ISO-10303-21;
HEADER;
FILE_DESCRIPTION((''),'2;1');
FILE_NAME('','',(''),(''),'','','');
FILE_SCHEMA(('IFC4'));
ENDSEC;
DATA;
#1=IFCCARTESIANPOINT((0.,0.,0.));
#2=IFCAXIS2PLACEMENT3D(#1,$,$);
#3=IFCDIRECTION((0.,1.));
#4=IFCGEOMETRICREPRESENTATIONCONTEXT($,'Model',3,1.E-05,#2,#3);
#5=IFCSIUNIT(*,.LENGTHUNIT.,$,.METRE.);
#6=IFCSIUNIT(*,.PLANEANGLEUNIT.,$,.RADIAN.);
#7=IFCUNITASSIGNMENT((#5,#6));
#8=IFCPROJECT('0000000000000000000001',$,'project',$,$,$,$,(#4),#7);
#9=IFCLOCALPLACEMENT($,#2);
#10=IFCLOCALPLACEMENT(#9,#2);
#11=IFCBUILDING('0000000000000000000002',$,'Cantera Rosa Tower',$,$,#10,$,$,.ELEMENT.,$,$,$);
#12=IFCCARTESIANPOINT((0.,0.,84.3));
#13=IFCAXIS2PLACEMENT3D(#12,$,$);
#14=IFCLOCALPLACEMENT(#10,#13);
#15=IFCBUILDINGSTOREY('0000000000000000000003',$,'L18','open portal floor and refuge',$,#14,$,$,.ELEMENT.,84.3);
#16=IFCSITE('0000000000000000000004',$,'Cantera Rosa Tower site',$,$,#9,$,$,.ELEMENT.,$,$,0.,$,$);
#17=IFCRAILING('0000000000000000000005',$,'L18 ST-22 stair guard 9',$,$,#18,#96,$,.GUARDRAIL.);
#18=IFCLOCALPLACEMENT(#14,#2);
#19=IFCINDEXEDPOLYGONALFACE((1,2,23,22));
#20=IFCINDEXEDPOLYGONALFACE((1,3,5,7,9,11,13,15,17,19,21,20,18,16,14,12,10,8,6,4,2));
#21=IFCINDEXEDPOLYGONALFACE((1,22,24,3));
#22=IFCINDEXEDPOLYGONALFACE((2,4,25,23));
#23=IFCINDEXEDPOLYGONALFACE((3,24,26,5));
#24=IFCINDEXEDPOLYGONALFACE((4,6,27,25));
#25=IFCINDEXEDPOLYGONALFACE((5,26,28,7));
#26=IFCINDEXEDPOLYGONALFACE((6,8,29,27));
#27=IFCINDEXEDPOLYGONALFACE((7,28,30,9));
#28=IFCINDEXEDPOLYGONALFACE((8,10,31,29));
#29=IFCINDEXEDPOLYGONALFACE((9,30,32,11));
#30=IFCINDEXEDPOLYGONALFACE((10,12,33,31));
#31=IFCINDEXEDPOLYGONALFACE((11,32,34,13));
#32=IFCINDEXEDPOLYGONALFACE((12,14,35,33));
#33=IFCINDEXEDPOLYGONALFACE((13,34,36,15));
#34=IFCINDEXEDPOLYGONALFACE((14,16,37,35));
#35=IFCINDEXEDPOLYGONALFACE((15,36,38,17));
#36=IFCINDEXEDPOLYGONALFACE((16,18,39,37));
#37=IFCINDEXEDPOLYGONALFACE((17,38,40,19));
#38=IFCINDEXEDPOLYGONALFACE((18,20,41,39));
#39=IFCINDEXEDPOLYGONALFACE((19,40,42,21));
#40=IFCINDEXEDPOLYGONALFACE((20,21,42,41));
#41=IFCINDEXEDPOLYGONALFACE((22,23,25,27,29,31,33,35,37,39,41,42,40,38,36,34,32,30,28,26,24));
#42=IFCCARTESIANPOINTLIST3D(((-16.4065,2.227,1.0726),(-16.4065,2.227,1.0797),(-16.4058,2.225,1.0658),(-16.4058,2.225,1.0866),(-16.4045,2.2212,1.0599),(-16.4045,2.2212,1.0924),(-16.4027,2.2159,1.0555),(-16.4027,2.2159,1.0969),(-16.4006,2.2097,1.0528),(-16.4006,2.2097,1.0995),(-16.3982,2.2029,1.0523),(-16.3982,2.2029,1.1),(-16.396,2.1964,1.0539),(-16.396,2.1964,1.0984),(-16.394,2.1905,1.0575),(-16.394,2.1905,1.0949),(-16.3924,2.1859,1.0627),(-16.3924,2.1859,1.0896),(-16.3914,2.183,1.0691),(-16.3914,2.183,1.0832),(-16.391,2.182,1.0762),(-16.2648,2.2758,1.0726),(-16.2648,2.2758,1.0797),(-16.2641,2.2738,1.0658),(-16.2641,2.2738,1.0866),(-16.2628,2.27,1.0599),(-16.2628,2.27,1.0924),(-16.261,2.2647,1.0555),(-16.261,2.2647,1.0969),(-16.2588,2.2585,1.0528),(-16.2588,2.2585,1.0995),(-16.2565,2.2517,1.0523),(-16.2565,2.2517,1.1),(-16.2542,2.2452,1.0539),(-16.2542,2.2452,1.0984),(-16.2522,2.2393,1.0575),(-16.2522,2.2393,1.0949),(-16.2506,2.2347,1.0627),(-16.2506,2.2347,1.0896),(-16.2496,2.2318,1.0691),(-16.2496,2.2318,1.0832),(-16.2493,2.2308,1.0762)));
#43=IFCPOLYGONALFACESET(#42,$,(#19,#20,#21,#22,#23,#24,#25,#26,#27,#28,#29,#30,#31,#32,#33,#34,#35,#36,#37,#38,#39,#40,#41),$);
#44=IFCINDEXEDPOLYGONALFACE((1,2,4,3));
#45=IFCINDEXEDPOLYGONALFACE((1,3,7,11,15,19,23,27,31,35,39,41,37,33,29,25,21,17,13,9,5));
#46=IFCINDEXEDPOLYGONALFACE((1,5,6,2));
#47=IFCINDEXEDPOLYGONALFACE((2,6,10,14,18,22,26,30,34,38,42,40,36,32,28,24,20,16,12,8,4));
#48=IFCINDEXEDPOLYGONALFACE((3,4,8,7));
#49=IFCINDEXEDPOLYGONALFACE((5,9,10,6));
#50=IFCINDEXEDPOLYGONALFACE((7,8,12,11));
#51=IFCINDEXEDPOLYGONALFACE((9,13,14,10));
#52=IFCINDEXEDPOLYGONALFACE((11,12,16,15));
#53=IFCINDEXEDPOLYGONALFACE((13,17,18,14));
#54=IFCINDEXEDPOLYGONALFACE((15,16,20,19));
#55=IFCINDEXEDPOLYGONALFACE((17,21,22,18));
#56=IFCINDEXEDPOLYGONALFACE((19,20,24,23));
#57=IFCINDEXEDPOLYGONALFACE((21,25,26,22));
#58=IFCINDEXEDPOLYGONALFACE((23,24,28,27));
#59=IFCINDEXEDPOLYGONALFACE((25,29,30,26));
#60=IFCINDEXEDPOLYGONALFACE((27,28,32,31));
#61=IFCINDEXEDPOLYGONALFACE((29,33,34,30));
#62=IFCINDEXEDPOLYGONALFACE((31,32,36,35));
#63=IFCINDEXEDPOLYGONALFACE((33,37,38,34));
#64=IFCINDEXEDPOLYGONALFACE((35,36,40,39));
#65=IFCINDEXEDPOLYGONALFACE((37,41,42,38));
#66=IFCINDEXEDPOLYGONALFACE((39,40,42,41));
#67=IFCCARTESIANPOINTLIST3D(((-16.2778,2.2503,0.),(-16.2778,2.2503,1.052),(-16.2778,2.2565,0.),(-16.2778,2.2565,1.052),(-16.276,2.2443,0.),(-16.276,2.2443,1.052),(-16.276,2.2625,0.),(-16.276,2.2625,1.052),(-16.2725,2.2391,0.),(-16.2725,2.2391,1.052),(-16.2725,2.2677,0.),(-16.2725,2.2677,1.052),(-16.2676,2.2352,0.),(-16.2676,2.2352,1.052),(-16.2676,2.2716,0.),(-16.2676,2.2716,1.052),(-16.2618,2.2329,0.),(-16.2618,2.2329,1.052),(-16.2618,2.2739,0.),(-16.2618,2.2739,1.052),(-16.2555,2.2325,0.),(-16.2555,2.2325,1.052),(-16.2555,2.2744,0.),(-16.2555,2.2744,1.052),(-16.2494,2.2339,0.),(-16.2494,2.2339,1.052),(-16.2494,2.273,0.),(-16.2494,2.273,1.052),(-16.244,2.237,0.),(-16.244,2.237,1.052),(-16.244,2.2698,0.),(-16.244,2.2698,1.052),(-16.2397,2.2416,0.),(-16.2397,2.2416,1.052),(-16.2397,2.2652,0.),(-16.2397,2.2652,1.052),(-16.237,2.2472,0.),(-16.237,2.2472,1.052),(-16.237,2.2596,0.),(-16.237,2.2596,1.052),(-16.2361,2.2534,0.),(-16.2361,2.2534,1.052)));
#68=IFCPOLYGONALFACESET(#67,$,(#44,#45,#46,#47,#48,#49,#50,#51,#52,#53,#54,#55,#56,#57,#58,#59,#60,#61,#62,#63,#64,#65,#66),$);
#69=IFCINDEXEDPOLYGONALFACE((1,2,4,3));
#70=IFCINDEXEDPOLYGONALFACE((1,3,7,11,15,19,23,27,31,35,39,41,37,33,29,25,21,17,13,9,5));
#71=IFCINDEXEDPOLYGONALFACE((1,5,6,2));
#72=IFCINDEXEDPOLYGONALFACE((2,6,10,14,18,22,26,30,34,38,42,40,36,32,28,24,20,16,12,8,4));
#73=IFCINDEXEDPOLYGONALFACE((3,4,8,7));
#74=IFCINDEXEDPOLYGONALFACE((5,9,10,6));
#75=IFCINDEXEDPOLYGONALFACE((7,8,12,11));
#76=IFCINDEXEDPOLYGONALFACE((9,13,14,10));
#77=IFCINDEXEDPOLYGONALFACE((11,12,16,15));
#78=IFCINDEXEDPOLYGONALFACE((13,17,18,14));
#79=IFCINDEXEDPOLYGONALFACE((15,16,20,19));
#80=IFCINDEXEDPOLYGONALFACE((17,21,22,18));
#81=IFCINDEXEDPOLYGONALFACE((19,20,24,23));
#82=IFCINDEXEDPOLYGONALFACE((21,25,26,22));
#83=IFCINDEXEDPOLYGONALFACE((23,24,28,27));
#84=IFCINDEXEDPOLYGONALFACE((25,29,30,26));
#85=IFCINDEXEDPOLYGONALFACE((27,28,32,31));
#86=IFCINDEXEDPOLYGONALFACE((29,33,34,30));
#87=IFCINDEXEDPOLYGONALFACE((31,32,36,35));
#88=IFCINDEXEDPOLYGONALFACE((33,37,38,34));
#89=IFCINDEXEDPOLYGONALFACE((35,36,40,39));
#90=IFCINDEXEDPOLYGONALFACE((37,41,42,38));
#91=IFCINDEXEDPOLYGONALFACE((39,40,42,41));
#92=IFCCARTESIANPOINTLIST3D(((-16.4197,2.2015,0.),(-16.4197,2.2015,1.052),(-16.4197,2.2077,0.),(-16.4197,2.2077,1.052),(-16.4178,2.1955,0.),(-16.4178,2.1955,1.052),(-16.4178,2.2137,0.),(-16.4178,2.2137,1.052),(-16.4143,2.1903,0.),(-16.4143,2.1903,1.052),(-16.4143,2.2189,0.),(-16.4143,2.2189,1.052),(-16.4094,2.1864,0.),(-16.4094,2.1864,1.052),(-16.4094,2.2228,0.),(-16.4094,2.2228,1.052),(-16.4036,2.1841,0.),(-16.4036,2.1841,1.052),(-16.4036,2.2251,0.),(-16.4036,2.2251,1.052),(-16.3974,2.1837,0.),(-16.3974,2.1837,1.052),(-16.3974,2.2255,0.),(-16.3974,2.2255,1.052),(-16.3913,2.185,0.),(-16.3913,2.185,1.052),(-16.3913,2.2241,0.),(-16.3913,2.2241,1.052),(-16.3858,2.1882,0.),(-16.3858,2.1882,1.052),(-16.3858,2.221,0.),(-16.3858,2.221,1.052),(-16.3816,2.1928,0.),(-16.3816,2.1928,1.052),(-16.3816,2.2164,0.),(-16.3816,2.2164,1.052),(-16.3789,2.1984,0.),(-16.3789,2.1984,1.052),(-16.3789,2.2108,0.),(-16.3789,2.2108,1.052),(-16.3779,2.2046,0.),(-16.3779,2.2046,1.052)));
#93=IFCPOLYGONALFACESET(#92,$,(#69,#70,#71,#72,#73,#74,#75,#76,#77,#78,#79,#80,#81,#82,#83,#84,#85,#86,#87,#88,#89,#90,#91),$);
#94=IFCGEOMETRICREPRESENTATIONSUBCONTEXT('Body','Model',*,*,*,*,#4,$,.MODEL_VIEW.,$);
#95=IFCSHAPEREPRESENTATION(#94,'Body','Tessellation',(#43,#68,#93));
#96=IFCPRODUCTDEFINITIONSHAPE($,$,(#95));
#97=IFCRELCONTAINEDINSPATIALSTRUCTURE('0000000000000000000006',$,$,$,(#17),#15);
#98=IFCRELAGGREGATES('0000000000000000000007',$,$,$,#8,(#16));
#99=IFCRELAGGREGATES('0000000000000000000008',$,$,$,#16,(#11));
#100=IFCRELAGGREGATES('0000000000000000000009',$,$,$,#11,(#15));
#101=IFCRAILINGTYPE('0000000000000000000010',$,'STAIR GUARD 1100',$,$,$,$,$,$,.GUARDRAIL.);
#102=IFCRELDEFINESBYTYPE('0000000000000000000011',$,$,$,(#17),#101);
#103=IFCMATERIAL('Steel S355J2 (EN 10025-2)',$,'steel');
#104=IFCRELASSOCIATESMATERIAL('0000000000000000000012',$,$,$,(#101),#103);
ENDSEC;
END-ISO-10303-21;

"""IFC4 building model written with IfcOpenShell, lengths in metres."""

from ifc_helpers import new_model, si_unit, direction, frame, origin, origin_2d, place, context, subcontext, project, spatial, circle, extrude, material, type_object, element, save


model = new_model("IFC4")

# Units and contexts
model_context = context("Model", 3, precision=1e-05, world=origin(), true_north=direction((0.0, 1.0)))
body_context = subcontext(model_context, "Body", "Model", "MODEL_VIEW")
ifc_project = project(units=[si_unit("LENGTHUNIT", "METRE"), si_unit("PLANEANGLEUNIT", "RADIAN")], contexts=[model_context])

# Site, building, storey
site_placement = place(None, origin())
site = spatial("IfcSite", under=ifc_project, at=site_placement, Name="Cantera Rosa Tower site", CompositionType="ELEMENT", RefElevation=0.0)
building_placement = place(site_placement, origin())
building = spatial("IfcBuilding", under=site, at=building_placement, Name="Cantera Rosa Tower", CompositionType="ELEMENT")
storey_placement = place(building_placement, frame((0.0, 0.0, 84.3)))
storey = spatial("IfcBuildingStorey", under=building, at=storey_placement, Name="L18", Description="open portal floor and refuge", CompositionType="ELEMENT", Elevation=84.3)

# Railing
ifc_material_1 = material(Name="Steel S355J2 (EN 10025-2)", Category="steel")
railing_type_1 = type_object("IfcRailingType", Name="STAIR GUARD 1100", PredefinedType="GUARDRAIL", material=ifc_material_1)
railing_1_placement = place(storey_placement, frame((-16.2571, 2.2534, 0.0)))
element("IfcRailing", 1, at=railing_1_placement, inside=storey, type_object=railing_type_1, Name="L18 ST-22 stair guard 9", PredefinedType="GUARDRAIL", context=body_context, shape_type="SweptSolid", body=[
    extrude(circle(Radius=0.0239, at=origin_2d()), frame((0.0, 0.0, 1.0762), z_axis=(-0.945546, -0.325489, 0.0), x_axis=(0.325489, -0.945546, 0.0)), (0.0, 0.0, 1.0), 0.1499),
    extrude(circle(Radius=0.021, at=origin_2d()), origin(), (0.0, 0.0, 1.0), 1.052),
    extrude(circle(Radius=0.021, at=origin_2d()), frame((-0.1418, -0.0488, 0.0)), (0.0, 0.0, 1.0), 1.052),
])

save(model, "model.ifc")
